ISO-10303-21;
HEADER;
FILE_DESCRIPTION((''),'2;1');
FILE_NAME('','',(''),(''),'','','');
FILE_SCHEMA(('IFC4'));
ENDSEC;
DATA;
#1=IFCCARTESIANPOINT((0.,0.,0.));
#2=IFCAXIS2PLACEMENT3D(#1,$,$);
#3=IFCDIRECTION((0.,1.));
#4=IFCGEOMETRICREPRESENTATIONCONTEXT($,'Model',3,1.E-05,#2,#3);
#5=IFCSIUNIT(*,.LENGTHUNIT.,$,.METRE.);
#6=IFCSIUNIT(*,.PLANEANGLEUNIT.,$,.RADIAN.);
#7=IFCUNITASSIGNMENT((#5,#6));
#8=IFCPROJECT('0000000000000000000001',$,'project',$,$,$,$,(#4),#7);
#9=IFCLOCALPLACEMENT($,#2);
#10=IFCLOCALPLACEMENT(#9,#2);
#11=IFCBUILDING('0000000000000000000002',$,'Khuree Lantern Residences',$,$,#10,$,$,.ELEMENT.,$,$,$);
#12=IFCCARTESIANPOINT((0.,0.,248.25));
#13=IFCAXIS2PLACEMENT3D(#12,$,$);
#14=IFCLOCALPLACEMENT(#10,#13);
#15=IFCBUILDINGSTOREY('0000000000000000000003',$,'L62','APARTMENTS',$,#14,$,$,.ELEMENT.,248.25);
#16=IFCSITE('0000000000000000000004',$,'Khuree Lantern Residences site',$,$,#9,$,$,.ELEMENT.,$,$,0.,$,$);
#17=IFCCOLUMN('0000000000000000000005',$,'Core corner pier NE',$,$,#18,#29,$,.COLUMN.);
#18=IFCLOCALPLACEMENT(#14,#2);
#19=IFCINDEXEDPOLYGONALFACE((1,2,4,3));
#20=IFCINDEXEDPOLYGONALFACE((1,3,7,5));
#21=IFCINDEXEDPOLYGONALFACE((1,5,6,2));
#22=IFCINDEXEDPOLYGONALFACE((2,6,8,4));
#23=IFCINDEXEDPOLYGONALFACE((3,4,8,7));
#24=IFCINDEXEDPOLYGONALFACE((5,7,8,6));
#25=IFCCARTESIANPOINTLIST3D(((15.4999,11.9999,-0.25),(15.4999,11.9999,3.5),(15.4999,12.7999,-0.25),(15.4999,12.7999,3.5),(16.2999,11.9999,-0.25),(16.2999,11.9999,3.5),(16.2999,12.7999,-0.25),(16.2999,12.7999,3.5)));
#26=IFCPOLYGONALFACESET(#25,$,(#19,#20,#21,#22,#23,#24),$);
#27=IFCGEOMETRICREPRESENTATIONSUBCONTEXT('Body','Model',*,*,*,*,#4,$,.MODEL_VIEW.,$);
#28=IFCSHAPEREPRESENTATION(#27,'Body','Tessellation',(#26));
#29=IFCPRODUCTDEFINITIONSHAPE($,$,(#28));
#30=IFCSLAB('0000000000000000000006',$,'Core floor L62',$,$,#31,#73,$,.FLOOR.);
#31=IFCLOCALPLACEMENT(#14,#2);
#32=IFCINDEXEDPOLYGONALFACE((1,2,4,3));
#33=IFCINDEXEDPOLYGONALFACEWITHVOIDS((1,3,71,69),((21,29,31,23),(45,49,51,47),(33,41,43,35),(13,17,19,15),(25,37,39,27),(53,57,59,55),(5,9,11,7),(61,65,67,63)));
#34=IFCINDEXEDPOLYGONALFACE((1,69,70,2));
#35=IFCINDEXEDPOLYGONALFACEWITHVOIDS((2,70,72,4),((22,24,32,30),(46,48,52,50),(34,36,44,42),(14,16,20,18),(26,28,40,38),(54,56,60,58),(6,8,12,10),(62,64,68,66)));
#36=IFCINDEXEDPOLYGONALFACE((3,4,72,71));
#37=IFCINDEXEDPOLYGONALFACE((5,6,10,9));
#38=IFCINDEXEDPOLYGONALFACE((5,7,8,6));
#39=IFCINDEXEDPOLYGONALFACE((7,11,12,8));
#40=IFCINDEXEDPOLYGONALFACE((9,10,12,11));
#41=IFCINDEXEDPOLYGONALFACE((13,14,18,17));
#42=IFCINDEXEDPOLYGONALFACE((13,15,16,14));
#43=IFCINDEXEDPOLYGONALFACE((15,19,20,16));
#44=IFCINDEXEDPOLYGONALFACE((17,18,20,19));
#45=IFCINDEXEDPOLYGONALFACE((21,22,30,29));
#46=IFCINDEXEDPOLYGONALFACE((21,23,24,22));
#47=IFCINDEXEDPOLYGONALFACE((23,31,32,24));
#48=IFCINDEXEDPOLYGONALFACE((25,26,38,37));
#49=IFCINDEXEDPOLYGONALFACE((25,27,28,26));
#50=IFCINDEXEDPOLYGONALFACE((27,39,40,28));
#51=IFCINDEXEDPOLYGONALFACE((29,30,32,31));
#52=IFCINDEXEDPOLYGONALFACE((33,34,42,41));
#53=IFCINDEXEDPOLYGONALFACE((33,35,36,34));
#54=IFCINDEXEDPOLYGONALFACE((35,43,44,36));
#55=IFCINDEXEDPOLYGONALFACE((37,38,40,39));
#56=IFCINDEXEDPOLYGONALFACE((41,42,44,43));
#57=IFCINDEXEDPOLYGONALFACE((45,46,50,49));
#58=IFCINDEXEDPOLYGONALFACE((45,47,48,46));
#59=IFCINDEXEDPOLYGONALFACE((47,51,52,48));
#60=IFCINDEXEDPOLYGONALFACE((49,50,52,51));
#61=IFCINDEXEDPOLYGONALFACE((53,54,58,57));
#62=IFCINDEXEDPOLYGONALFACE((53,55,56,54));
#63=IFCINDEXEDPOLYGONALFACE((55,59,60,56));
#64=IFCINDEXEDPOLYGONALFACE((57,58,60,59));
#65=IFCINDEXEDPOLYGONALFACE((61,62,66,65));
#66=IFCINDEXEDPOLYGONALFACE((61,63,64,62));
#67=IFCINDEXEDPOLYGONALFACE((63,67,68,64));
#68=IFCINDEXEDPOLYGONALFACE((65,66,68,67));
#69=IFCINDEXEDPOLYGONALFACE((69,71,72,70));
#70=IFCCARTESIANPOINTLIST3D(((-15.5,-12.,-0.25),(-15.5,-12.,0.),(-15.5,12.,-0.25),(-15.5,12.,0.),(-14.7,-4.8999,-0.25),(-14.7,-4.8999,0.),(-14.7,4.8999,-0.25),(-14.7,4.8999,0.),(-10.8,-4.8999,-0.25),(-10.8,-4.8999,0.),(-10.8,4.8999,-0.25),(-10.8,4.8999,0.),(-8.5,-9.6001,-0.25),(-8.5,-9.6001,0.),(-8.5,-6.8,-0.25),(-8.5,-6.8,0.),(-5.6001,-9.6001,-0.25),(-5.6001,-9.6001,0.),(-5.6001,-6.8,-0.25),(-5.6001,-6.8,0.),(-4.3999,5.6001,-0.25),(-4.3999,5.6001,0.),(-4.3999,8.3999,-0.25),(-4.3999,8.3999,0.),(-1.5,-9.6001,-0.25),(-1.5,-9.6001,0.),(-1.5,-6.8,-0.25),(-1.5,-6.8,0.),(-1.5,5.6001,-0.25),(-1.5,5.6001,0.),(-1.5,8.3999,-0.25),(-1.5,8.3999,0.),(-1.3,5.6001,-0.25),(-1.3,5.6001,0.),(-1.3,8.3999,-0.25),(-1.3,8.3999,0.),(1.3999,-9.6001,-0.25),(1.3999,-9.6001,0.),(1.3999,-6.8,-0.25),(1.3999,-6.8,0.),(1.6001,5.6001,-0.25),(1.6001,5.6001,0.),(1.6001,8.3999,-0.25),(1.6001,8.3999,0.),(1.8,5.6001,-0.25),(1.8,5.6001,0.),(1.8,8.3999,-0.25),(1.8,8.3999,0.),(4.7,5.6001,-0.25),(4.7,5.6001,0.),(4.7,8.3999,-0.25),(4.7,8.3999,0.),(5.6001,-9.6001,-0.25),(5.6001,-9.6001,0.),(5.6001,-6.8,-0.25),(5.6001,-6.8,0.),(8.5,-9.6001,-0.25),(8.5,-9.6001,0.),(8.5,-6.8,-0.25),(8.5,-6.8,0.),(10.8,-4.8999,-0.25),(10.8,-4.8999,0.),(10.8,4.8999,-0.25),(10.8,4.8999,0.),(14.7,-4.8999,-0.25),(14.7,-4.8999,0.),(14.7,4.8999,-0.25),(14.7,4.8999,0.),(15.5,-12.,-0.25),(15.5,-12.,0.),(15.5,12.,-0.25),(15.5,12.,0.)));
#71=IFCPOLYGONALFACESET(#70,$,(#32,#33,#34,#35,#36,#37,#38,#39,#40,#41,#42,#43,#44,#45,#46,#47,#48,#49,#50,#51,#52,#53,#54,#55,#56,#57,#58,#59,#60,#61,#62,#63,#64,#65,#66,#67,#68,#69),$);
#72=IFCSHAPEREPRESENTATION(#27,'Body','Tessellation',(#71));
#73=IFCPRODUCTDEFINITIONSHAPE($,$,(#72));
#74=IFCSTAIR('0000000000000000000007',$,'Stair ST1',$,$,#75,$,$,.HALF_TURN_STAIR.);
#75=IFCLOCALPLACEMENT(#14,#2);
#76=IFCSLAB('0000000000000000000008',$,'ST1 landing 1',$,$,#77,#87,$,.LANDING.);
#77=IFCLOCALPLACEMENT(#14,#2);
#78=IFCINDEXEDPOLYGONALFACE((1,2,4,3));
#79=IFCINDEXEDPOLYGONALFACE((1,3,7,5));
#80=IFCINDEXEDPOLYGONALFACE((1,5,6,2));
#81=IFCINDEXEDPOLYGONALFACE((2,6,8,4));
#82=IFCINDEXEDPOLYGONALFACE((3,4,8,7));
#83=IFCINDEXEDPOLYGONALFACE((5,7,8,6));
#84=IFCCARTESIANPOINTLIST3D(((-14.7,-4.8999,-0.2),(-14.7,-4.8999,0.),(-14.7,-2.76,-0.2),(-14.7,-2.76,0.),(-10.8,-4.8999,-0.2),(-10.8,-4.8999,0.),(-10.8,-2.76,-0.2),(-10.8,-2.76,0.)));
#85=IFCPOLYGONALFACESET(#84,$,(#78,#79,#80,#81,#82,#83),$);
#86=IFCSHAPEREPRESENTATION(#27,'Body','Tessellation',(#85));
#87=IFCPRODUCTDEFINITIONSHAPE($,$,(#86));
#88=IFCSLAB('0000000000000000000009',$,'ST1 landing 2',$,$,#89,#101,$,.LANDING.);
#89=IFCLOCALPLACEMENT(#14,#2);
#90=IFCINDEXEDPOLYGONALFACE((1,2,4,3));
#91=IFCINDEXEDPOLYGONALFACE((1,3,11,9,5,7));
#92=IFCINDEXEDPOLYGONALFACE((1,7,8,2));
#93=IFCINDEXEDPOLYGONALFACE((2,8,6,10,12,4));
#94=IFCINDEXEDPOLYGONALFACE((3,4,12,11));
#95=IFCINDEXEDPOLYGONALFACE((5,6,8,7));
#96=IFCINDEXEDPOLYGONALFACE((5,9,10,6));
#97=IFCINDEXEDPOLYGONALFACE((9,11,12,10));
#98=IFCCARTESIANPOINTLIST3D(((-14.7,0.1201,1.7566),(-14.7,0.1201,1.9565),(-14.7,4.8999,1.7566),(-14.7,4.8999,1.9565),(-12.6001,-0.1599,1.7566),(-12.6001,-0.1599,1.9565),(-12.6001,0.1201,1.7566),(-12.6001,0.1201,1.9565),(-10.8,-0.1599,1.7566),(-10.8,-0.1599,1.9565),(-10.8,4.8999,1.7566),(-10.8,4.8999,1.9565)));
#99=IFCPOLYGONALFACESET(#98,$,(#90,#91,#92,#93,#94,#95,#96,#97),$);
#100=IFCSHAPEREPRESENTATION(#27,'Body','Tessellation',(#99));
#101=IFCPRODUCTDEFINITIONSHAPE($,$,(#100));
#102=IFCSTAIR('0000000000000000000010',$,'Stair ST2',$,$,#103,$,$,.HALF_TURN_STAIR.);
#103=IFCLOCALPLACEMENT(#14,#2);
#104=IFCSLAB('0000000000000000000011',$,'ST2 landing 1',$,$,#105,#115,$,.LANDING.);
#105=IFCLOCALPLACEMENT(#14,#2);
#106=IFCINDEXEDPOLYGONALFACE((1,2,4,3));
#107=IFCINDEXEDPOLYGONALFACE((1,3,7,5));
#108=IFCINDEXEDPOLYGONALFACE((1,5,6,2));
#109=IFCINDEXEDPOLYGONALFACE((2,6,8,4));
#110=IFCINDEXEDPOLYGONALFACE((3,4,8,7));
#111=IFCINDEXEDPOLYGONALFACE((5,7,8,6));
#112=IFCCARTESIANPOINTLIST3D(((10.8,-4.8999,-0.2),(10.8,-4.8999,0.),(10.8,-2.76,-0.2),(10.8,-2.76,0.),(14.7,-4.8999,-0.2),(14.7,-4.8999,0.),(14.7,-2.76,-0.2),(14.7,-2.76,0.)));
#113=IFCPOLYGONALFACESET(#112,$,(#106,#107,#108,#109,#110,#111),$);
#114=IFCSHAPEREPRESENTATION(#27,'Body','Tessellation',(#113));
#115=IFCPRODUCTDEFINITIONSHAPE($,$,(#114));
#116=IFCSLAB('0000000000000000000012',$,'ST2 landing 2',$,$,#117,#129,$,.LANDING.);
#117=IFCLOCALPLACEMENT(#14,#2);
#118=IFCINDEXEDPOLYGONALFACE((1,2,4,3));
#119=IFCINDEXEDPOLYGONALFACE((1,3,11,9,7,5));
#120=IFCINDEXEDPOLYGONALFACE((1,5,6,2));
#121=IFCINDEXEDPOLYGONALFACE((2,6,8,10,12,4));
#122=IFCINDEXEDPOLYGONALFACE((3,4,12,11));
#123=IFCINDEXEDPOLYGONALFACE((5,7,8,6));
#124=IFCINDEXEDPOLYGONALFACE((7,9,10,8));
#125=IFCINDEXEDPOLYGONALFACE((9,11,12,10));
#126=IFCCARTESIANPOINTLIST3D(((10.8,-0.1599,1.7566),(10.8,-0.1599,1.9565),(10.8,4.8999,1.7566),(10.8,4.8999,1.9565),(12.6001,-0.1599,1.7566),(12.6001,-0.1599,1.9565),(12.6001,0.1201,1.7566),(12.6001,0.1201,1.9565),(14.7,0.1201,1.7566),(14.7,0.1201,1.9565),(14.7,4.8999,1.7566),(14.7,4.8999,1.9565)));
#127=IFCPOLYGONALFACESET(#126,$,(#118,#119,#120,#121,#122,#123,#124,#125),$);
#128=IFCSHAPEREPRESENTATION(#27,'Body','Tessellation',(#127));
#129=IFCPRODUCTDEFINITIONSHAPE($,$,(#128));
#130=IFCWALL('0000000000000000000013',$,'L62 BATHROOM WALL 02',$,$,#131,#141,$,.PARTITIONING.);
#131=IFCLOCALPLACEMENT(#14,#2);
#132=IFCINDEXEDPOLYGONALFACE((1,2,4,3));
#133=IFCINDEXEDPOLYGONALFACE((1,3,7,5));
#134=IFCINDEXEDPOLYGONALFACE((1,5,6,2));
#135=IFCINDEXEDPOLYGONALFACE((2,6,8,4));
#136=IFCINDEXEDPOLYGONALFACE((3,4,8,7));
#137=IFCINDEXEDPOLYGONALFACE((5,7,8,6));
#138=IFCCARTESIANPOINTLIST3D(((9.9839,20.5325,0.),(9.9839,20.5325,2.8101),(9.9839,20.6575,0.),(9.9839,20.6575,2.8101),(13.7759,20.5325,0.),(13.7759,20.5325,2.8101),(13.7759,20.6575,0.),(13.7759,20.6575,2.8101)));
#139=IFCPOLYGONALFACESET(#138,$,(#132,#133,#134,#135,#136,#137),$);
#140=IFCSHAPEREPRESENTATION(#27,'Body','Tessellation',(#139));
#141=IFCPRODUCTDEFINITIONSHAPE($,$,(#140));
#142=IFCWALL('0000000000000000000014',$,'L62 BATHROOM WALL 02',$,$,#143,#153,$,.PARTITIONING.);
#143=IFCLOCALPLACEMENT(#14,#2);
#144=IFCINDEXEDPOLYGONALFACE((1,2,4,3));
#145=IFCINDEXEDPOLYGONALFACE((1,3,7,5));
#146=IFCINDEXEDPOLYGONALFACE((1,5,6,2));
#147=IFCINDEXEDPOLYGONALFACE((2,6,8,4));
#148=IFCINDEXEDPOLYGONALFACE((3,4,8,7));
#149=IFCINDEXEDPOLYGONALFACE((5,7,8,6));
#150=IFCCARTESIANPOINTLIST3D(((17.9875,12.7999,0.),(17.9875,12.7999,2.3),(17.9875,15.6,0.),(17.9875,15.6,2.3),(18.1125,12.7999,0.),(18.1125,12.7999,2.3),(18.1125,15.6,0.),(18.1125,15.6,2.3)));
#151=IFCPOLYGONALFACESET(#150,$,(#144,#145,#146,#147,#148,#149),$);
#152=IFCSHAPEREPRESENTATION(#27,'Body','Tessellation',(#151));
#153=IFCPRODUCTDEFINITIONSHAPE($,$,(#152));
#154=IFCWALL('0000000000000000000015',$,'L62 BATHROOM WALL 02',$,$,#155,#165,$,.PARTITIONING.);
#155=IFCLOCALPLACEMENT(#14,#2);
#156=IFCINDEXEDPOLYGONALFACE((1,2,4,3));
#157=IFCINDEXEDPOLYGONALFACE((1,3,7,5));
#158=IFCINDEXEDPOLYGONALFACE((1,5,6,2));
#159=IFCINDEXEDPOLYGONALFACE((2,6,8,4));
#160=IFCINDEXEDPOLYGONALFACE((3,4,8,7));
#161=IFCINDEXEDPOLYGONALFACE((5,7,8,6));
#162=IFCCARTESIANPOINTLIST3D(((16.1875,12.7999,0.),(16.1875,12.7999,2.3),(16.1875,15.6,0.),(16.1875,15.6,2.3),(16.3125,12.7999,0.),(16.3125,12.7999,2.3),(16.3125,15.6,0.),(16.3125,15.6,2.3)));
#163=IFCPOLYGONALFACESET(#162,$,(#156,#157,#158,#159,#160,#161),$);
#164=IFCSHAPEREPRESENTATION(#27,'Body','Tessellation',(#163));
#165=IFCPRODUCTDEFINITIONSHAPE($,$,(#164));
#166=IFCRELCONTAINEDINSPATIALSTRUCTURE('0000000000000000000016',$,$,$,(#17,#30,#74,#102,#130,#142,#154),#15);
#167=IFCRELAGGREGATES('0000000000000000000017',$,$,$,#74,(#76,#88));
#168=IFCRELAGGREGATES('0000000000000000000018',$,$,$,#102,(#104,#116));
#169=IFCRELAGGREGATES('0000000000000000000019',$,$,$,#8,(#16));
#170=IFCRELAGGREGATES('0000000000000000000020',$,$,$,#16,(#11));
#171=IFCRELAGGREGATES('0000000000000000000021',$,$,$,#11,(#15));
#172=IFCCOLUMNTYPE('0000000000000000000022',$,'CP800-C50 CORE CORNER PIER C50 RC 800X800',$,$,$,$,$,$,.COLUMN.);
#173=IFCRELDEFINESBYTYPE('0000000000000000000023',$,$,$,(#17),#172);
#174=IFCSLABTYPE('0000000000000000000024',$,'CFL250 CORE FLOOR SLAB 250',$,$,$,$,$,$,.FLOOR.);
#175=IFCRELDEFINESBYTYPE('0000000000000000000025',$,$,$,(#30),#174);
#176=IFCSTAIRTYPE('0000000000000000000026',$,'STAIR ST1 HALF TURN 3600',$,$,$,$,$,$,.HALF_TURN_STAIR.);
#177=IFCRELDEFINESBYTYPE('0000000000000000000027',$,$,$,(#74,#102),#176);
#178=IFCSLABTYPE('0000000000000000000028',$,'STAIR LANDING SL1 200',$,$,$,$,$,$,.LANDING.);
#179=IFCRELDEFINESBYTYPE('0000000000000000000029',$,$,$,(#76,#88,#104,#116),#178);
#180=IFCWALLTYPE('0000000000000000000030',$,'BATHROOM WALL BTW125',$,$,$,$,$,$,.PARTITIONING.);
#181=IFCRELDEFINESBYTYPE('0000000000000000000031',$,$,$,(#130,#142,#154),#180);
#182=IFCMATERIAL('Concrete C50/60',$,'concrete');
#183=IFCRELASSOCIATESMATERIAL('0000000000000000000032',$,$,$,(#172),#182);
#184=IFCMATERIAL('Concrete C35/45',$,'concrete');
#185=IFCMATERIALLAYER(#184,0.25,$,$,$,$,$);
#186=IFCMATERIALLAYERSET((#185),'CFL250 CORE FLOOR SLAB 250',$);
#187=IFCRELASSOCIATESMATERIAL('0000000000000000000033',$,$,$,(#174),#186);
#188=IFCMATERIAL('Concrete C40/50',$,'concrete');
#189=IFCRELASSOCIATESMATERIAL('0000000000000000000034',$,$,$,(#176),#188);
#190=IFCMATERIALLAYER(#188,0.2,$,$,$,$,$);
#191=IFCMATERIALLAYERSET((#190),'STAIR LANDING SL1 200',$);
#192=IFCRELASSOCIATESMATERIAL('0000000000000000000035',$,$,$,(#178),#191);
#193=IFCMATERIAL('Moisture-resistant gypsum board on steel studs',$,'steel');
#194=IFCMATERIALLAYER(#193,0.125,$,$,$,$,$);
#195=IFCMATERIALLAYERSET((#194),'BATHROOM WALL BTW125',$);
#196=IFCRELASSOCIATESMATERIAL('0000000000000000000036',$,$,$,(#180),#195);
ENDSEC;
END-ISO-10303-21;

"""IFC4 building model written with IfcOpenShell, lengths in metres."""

from ifc_helpers import new_model, si_unit, direction, frame, frame_2d, origin, origin_2d, place, context, subcontext, project, spatial, polyline, rectangle, outline, extrude, material, layer, layer_set, material_profile, profile_set, type_object, element, aggregate, save


model = new_model("IFC4")

# Units and contexts
model_context = context("Model", 3, precision=1e-05, world=origin(), true_north=direction((0.0, 1.0)))
body_context = subcontext(model_context, "Body", "Model", "MODEL_VIEW")
ifc_project = project(units=[si_unit("LENGTHUNIT", "METRE"), si_unit("PLANEANGLEUNIT", "RADIAN")], contexts=[model_context])

# Site, building, storey
site_placement = place(None, origin())
site = spatial("IfcSite", under=ifc_project, at=site_placement, Name="Khuree Lantern Residences site", CompositionType="ELEMENT", RefElevation=0.0)
building_placement = place(site_placement, origin())
building = spatial("IfcBuilding", under=site, at=building_placement, Name="Khuree Lantern Residences", CompositionType="ELEMENT")
storey_placement = place(building_placement, frame((0.0, 0.0, 248.25)))
storey = spatial("IfcBuildingStorey", under=building, at=storey_placement, Name="L62", Description="APARTMENTS", CompositionType="ELEMENT", Elevation=248.25)

# Column
ifc_material_1 = material(Name="Concrete C50/60", Category="concrete")
ifc_material_profile = material_profile(ifc_material_1, rectangle(XDim=0.8, YDim=0.8, at=origin_2d()), Name="RC 800X800")
ifc_profile_set = profile_set([ifc_material_profile], Name="Concrete C50/60")
column_type = type_object("IfcColumnType", Name="CP800-C50 CORE CORNER PIER C50 RC 800X800", PredefinedType="COLUMN", material=ifc_profile_set)
column_placement = place(storey_placement, frame((15.8999, 12.3999, -0.25), z_axis=(0.0, 0.0, 1.0), x_axis=(1.0, 0.0, 0.0)))
element("IfcColumn", 1, at=column_placement, inside=storey, type_object=column_type, Name="Core corner pier NE", PredefinedType="COLUMN", context=body_context, shape_type="SweptSolid", body=[
    extrude(rectangle(XDim=0.8, YDim=0.8, at=origin_2d()), origin(), (0.0, 0.0, 1.0), 3.75),
])

# Slab
ifc_material_2 = material(Name="Concrete C35/45", Category="concrete")
ifc_layer_1 = layer(ifc_material_2, 0.25)
ifc_layer_set_1 = layer_set([ifc_layer_1], Name="CFL250 CORE FLOOR SLAB 250")
slab_type_1 = type_object("IfcSlabType", Name="CFL250 CORE FLOOR SLAB 250", PredefinedType="FLOOR", material=ifc_layer_set_1)
slab_1_placement = place(storey_placement, frame((0.0, 0.0, -0.25)))
element("IfcSlab", 2, at=slab_1_placement, inside=storey, type_object=slab_type_1, Name="Core floor L62", PredefinedType="FLOOR", context=body_context, shape_type="SweptSolid", body=[
    extrude(outline(polyline([(-15.5, -12.0), (-15.5, 12.0), (15.5, 12.0), (15.5, -12.0), (-15.5, -12.0)]), holes=[polyline([(10.8, 4.8999), (10.8, -4.8999), (14.7, -4.8999), (14.7, 4.8999), (10.8, 4.8999)]), polyline([(5.6001, -6.8), (5.6001, -9.6001), (8.5, -9.6001), (8.5, -6.8), (5.6001, -6.8)]), polyline([(1.8, 8.3999), (1.8, 5.6001), (4.7, 5.6001), (4.7, 8.3999), (1.8, 8.3999)]), polyline([(-1.3, 8.3999), (-1.3, 5.6001), (1.6001, 5.6001), (1.6001, 8.3999), (-1.3, 8.3999)]), polyline([(-1.5, -6.8), (-1.5, -9.6001), (1.3999, -9.6001), (1.3999, -6.8), (-1.5, -6.8)]), polyline([(-4.3999, 8.3999), (-4.3999, 5.6001), (-1.5, 5.6001), (-1.5, 8.3999), (-4.3999, 8.3999)]), polyline([(-8.5, -6.8), (-8.5, -9.6001), (-5.6001, -9.6001), (-5.6001, -6.8), (-8.5, -6.8)]), polyline([(-14.7, 4.8999), (-14.7, -4.8999), (-10.8, -4.8999), (-10.8, 4.8999), (-14.7, 4.8999)])]), origin(), (0.0, 0.0, 1.0), 0.25),
])

# Stairs, slabs
ifc_material_3 = material(Name="Concrete C40/50", Category="concrete")
stair_type = type_object("IfcStairType", Name="STAIR ST1 HALF TURN 3600", PredefinedType="HALF_TURN_STAIR", material=ifc_material_3)
stair_1_placement = place(storey_placement, origin())
stair_1 = element("IfcStair", 3, at=stair_1_placement, inside=storey, type_object=stair_type, Name="Stair ST1", PredefinedType="HALF_TURN_STAIR")
ifc_layer_2 = layer(ifc_material_3, 0.2)
ifc_layer_set_2 = layer_set([ifc_layer_2], Name="STAIR LANDING SL1 200")
slab_type_2 = type_object("IfcSlabType", Name="STAIR LANDING SL1 200", PredefinedType="LANDING", material=ifc_layer_set_2)
slab_2_placement = place(storey_placement, frame((0.0, 0.0, -0.2)))
slab_2 = element("IfcSlab", 4, at=slab_2_placement, type_object=slab_type_2, Name="ST1 landing 1", PredefinedType="LANDING", context=body_context, shape_type="SweptSolid", body=[
    extrude(outline(polyline([(-14.7, -4.8999), (-10.8, -4.8999), (-10.8, -2.76), (-14.7, -2.76), (-14.7, -4.8999)])), origin(), (0.0, 0.0, 1.0), 0.2),
])
slab_3_placement = place(storey_placement, frame((0.0, 0.0, 1.7566)))
slab_3 = element("IfcSlab", 5, at=slab_3_placement, type_object=slab_type_2, Name="ST1 landing 2", PredefinedType="LANDING", context=body_context, shape_type="SweptSolid", body=[
    extrude(outline(polyline([(-14.7, 0.1201), (-14.7, 4.8999), (-10.8, 4.8999), (-10.8, -0.1599), (-12.6001, -0.1599), (-12.6001, 0.1201), (-14.7, 0.1201)])), origin(), (0.0, 0.0, 1.0), 0.2),
])
aggregate(stair_1, [slab_2, slab_3])
stair_2_placement = place(storey_placement, origin())
stair_2 = element("IfcStair", 6, at=stair_2_placement, inside=storey, type_object=stair_type, Name="Stair ST2", PredefinedType="HALF_TURN_STAIR")
slab_4_placement = place(storey_placement, frame((0.0, 0.0, -0.2)))
slab_4 = element("IfcSlab", 7, at=slab_4_placement, type_object=slab_type_2, Name="ST2 landing 1", PredefinedType="LANDING", context=body_context, shape_type="SweptSolid", body=[
    extrude(outline(polyline([(10.8, -4.8999), (14.7, -4.8999), (14.7, -2.76), (10.8, -2.76), (10.8, -4.8999)])), origin(), (0.0, 0.0, 1.0), 0.2),
])
slab_5_placement = place(storey_placement, frame((0.0, 0.0, 1.7566)))
slab_5 = element("IfcSlab", 8, at=slab_5_placement, type_object=slab_type_2, Name="ST2 landing 2", PredefinedType="LANDING", context=body_context, shape_type="SweptSolid", body=[
    extrude(outline(polyline([(14.7, 4.8999), (14.7, 0.1201), (12.6001, 0.1201), (12.6001, -0.1599), (10.8, -0.1599), (10.8, 4.8999), (14.7, 4.8999)])), origin(), (0.0, 0.0, 1.0), 0.2),
])
aggregate(stair_2, [slab_4, slab_5])

# Walls
ifc_material_4 = material(Name="Moisture-resistant gypsum board on steel studs", Category="steel")
ifc_layer_3 = layer(ifc_material_4, 0.125)
ifc_layer_set_3 = layer_set([ifc_layer_3], Name="BATHROOM WALL BTW125")
wall_type_1 = type_object("IfcWallType", Name="BATHROOM WALL BTW125", PredefinedType="PARTITIONING", material=ifc_layer_set_3)
wall_1_placement = place(storey_placement, frame((13.7759, 20.595, 0.0), z_axis=(0.0, 0.0, 1.0), x_axis=(-1.0, 0.0, 0.0)))
element("IfcWall", 9, at=wall_1_placement, inside=storey, type_object=wall_type_1, Name="L62 BATHROOM WALL 02", PredefinedType="PARTITIONING", context=body_context, shape_type="SweptSolid", body=[
    extrude(rectangle(XDim=3.792, YDim=0.125, at=frame_2d((1.896, 0.0))), origin(), (0.0, 0.0, 1.0), 2.8101),
])
for number, where, z_axis, x_axis, name in (
    (10, (18.05, 12.8, 0.0), (0.0, 0.0, 1.0), (0.0, 1.0, 0.0), "L62 BATHROOM WALL 02"),
    (11, (16.25, 12.8, 0.0), (0.0, 0.0, 1.0), (0.0, 1.0, 0.0), "L62 BATHROOM WALL 02"),
):
    element("IfcWall", number, at=place(storey_placement, frame(where, z_axis=z_axis, x_axis=x_axis)), inside=storey, type_object=wall_type_1, Name=name, PredefinedType="PARTITIONING", context=body_context, shape_type="SweptSolid", body=[
        extrude(rectangle(XDim=2.8, YDim=0.125, at=frame_2d((1.3999, 0.0))), origin(), (0.0, 0.0, 1.0), 2.3),
    ])

save(model, "model.ifc")
